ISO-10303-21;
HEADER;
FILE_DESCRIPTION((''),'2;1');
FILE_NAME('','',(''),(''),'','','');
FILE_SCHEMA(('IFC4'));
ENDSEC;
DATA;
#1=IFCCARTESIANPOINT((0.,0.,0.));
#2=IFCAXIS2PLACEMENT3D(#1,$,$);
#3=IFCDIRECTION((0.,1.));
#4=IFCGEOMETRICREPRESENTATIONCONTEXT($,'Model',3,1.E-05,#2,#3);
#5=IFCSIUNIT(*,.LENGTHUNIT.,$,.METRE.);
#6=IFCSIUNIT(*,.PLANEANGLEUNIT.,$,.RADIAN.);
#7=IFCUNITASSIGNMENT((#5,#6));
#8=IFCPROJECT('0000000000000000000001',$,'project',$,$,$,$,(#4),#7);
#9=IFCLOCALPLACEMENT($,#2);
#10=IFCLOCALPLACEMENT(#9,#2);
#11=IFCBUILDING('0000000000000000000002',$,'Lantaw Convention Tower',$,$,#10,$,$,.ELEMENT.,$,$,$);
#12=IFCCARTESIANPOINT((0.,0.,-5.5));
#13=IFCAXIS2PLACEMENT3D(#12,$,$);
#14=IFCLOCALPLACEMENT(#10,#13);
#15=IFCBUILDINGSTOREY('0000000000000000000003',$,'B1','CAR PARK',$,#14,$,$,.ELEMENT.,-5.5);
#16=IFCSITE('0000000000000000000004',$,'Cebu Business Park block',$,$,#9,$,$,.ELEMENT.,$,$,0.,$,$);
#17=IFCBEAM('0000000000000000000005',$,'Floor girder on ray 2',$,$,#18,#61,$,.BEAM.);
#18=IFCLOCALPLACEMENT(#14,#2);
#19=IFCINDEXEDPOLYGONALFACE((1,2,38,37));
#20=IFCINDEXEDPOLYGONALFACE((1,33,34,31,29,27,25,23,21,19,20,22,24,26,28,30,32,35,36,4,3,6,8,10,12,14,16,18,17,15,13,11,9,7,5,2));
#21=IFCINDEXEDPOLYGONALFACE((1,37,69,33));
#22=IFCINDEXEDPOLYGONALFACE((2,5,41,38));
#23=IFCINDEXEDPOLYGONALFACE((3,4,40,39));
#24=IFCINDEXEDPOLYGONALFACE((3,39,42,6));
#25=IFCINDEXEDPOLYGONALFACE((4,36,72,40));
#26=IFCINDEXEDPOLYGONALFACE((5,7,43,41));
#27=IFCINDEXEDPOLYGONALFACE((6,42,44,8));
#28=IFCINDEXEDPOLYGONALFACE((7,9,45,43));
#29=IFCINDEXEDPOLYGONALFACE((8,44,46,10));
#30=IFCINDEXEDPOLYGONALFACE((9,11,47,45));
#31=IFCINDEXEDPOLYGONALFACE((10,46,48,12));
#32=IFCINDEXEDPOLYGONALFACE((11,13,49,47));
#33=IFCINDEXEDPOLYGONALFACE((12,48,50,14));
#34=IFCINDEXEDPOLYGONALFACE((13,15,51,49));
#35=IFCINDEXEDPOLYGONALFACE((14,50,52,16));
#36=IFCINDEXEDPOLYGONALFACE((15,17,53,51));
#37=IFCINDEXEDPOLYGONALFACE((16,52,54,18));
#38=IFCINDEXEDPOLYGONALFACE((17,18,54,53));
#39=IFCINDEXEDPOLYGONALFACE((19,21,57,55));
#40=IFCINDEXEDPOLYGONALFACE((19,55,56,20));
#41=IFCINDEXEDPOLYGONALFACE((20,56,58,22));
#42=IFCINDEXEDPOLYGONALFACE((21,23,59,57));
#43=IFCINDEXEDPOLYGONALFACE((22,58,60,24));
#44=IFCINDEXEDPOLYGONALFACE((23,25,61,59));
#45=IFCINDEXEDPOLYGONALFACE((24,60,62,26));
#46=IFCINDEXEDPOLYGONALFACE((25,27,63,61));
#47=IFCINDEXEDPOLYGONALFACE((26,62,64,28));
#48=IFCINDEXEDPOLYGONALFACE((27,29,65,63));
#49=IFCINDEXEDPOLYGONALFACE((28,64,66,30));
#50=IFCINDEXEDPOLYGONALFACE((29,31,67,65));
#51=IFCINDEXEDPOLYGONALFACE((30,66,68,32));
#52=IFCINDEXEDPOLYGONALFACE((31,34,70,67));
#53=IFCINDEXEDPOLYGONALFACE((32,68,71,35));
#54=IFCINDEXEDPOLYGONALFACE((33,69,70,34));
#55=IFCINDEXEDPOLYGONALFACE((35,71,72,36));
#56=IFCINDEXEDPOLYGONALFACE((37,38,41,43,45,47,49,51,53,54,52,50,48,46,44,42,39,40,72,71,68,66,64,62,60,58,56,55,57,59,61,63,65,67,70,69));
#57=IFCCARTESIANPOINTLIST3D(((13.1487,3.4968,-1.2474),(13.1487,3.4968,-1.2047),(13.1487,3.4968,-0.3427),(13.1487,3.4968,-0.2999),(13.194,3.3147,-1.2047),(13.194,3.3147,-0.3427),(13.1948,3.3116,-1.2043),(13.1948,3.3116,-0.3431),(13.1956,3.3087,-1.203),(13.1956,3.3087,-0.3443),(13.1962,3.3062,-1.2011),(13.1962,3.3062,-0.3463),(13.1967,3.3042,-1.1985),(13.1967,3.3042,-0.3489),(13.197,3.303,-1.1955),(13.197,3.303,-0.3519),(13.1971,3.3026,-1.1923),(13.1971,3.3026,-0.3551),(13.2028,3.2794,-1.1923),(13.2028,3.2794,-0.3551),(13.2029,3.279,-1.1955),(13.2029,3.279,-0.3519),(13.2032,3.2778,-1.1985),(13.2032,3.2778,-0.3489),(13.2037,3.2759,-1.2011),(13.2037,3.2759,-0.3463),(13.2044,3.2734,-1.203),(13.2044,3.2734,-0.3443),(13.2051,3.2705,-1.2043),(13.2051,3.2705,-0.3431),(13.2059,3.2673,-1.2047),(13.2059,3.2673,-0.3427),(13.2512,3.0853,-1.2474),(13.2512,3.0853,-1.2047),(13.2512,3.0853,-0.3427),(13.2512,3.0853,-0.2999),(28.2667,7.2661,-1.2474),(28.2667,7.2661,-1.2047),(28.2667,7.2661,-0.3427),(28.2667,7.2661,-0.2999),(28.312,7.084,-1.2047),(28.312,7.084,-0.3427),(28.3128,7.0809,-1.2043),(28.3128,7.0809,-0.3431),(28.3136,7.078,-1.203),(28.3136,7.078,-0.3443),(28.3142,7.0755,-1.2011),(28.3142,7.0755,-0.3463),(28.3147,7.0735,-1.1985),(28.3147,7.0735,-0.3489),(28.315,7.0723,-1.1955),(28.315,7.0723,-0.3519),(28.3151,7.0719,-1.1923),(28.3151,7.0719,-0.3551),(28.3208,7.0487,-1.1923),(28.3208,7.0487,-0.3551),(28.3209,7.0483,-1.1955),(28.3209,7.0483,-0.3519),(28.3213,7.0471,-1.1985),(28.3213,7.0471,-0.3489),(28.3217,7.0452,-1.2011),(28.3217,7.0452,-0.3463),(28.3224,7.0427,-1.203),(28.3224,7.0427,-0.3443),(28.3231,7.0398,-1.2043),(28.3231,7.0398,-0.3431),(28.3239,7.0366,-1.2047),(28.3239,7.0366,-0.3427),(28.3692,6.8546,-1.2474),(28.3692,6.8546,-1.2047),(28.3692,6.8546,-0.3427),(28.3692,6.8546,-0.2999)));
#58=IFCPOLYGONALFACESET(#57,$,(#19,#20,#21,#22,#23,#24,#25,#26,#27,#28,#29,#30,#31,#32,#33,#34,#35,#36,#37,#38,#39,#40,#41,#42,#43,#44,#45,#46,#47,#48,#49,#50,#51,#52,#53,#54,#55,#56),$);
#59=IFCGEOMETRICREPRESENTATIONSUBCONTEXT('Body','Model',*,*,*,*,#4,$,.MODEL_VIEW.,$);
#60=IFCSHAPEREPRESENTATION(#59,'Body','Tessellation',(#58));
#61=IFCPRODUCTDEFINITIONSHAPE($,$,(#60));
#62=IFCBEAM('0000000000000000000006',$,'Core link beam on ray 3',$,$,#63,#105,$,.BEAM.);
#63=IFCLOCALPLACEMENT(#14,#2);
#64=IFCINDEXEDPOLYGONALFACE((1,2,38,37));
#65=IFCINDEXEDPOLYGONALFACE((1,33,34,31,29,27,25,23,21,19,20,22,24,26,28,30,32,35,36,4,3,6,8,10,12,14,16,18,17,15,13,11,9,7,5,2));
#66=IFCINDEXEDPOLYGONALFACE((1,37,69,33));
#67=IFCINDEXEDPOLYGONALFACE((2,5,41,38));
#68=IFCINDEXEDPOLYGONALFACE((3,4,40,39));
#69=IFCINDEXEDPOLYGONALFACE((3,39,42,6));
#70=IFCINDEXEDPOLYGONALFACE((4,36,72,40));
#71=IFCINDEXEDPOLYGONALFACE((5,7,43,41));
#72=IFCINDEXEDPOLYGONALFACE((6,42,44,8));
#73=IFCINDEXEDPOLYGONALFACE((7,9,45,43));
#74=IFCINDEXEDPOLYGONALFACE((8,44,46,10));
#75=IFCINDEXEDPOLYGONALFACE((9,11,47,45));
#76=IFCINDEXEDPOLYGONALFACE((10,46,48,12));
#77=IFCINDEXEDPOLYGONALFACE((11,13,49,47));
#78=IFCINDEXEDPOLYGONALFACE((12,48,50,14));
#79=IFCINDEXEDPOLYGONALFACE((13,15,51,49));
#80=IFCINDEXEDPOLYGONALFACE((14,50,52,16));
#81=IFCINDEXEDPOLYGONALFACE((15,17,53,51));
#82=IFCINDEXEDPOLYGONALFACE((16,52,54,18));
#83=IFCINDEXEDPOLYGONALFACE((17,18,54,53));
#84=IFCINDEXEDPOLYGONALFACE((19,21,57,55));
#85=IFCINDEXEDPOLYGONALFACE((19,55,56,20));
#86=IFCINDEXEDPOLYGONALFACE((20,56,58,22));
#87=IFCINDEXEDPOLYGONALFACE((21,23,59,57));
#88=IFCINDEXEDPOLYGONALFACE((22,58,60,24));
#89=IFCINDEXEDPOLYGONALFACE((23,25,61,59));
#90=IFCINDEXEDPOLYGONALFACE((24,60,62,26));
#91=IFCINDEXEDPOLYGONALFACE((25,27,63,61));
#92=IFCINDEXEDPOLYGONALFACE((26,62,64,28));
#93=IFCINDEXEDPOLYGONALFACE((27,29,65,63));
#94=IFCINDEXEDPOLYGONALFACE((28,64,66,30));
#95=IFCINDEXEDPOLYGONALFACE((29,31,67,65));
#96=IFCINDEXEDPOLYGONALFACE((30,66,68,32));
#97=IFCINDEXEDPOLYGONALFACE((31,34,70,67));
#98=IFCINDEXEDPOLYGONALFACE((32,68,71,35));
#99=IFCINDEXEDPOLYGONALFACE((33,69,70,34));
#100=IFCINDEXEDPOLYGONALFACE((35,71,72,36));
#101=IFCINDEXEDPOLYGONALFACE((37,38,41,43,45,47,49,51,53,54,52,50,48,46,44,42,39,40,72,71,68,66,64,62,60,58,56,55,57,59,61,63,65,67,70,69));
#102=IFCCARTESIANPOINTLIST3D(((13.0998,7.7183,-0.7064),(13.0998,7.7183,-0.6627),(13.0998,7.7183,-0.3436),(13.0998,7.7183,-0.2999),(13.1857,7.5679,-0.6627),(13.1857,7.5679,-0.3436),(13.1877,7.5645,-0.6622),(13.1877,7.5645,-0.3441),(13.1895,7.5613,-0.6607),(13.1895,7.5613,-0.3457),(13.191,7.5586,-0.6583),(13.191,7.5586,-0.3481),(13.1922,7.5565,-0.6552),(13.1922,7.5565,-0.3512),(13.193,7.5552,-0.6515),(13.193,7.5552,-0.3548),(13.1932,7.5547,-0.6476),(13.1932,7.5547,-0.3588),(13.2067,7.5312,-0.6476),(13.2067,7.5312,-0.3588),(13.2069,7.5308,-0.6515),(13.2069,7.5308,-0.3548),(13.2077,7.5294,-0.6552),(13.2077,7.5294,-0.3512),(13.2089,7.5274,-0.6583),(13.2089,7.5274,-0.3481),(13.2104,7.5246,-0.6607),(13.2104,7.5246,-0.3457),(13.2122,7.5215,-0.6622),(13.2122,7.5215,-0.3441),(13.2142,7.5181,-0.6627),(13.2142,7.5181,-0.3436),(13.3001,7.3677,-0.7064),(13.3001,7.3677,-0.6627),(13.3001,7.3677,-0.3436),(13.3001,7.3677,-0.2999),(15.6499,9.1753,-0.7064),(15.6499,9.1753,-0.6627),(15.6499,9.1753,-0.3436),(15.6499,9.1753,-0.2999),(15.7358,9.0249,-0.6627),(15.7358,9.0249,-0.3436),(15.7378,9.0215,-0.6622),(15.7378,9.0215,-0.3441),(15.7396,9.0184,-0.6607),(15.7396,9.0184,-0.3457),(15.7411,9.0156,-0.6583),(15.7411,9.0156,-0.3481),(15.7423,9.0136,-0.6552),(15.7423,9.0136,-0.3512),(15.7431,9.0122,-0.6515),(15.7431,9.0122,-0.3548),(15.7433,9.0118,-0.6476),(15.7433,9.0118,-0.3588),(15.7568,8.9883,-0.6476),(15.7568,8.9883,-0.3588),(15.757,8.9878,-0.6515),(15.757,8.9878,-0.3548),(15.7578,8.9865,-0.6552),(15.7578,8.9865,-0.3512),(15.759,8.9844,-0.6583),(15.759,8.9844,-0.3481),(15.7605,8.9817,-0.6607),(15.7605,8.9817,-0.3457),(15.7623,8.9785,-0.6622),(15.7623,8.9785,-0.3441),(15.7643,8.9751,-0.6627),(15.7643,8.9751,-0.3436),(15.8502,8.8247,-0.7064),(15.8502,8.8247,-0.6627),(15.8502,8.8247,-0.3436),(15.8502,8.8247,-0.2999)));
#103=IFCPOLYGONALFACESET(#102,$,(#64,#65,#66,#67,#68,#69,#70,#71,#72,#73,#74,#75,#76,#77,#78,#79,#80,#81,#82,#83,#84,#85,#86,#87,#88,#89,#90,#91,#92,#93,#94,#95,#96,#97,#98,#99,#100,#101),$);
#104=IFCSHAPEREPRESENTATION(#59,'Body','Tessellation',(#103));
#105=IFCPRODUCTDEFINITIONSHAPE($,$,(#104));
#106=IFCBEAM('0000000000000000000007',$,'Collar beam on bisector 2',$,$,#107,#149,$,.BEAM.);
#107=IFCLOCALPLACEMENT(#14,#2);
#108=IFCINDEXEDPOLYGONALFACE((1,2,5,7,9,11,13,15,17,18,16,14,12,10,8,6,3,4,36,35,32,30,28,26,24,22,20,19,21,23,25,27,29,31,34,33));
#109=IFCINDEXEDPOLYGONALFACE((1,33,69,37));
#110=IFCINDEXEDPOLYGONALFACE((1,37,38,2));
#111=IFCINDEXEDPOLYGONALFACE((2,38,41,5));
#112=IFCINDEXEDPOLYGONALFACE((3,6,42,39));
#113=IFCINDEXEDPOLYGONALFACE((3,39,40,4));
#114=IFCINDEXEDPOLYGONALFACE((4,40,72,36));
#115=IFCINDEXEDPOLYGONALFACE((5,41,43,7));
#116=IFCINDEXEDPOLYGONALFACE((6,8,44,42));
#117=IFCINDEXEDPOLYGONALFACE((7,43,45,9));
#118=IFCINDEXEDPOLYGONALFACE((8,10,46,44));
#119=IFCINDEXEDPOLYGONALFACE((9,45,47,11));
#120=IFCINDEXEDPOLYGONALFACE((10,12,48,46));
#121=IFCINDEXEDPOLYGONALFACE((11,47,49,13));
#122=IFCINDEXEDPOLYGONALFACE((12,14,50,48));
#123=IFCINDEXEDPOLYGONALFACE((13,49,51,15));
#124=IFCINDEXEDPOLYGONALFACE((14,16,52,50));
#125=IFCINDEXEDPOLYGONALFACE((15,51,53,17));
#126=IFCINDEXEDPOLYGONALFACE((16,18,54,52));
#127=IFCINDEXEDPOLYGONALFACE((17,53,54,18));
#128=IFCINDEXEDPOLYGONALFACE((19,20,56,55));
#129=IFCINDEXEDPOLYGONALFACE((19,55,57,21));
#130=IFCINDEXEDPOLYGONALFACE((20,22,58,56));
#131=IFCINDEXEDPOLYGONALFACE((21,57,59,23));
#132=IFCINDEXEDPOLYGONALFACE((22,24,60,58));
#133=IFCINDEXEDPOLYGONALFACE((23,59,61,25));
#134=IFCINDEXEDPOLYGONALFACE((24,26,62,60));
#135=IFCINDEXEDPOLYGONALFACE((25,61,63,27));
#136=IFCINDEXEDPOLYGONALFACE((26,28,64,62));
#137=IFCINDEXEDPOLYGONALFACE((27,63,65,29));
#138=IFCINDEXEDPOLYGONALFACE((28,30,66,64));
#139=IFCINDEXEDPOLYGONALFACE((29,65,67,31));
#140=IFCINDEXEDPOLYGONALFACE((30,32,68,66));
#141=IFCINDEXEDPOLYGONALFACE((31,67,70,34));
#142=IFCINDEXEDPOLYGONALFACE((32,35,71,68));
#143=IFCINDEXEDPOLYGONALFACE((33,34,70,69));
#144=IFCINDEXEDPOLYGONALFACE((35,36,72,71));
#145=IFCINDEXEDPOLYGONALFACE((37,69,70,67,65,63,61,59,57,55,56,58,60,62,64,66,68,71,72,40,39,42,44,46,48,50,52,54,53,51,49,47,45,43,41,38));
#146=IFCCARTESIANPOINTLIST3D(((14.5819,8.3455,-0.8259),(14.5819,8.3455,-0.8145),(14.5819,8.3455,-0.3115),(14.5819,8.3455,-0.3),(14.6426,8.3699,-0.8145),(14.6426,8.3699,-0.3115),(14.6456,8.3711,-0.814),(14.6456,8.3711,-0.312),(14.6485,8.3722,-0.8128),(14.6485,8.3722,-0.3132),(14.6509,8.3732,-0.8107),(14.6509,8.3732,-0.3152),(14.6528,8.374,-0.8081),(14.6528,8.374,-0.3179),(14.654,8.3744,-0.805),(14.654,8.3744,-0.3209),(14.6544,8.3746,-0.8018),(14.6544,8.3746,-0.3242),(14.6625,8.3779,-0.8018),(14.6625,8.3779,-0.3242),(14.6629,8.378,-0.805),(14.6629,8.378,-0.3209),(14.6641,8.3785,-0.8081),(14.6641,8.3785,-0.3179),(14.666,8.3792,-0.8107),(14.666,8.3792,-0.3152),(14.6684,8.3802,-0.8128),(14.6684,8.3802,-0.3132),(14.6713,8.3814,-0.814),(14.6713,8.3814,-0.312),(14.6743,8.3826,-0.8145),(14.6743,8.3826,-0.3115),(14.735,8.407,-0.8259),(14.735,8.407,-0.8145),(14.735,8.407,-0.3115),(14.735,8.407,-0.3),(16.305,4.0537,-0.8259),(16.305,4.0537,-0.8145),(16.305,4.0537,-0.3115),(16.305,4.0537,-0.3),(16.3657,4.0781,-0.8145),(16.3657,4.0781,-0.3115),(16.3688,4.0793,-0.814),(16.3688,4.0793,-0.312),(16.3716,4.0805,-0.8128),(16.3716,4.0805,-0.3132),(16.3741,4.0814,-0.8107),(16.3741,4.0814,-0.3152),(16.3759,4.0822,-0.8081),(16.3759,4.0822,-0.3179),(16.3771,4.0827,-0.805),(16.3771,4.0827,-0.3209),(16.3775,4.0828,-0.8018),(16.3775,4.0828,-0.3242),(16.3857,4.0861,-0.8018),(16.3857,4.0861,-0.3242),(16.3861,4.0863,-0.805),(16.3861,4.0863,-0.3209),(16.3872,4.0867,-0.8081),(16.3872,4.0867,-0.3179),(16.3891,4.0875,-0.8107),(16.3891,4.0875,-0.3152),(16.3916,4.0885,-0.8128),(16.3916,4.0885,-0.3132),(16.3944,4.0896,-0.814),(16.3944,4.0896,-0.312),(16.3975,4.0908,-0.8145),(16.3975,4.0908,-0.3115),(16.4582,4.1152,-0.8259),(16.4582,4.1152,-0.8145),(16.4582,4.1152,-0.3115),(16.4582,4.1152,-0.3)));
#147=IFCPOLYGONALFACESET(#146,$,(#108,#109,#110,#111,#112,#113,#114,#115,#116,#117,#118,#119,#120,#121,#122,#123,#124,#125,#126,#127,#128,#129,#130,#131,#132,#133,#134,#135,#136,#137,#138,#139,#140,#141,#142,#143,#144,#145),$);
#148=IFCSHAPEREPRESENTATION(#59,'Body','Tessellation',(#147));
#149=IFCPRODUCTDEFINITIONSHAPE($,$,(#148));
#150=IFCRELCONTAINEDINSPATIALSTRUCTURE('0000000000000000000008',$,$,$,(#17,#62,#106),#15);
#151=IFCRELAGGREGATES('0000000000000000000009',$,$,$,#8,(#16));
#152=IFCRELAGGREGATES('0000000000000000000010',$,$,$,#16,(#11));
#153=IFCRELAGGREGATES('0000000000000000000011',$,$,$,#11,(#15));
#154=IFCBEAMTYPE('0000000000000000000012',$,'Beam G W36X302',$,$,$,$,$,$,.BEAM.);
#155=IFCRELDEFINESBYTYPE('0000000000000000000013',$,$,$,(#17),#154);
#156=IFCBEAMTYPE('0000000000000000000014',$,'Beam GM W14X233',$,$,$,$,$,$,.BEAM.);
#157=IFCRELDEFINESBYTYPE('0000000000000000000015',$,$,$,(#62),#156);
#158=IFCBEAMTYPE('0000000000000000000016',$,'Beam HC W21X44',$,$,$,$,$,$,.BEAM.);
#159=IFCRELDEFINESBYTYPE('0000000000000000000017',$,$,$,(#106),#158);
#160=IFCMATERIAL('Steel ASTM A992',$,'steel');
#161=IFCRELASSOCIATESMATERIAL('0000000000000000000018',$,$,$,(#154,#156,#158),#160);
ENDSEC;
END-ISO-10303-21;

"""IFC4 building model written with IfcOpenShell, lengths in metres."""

from ifc_helpers import new_model, si_unit, direction, frame, origin, origin_2d, place, context, subcontext, project, spatial, i_section, extrude, material, material_profile, profile_set, type_object, element, save


model = new_model("IFC4")

# Units and contexts
model_context = context("Model", 3, precision=1e-05, world=origin(), true_north=direction((0.0, 1.0)))
body_context = subcontext(model_context, "Body", "Model", "MODEL_VIEW")
ifc_project = project(units=[si_unit("LENGTHUNIT", "METRE"), si_unit("PLANEANGLEUNIT", "RADIAN")], contexts=[model_context])

# Site, building, storey
site_placement = place(None, origin())
site = spatial("IfcSite", under=ifc_project, at=site_placement, Name="Cebu Business Park block", CompositionType="ELEMENT", RefElevation=0.0)
building_placement = place(site_placement, origin())
building = spatial("IfcBuilding", under=site, at=building_placement, Name="Lantaw Convention Tower", CompositionType="ELEMENT")
storey_placement = place(building_placement, frame((0.0, 0.0, -5.5)))
storey = spatial("IfcBuildingStorey", under=building, at=storey_placement, Name="B1", Description="CAR PARK", CompositionType="ELEMENT", Elevation=-5.5)

# Beams
ifc_material_1 = material(Name="Steel ASTM A992", Category="steel")
ifc_material_profile_1 = material_profile(ifc_material_1, i_section(OverallWidth=0.4241, OverallDepth=0.9475, WebThickness=0.0239, FlangeThickness=0.0427, FilletRadius=0.0125, at=origin_2d()), Name="W36X302")
ifc_profile_set_1 = profile_set([ifc_material_profile_1], Name="Steel ASTM A992")
beam_type_1 = type_object("IfcBeamType", Name="Beam G W36X302", PredefinedType="BEAM", material=ifc_profile_set_1)
beam_1_placement = place(storey_placement, frame((13.2, 3.291, -0.7737), z_axis=(0.970296, 0.24192, 0.0), x_axis=(-0.24192, 0.970296, 0.0)))
element("IfcBeam", 1, at=beam_1_placement, inside=storey, type_object=beam_type_1, Name="Floor girder on ray 2", PredefinedType="BEAM", context=body_context, shape_type="SweptSolid", body=[
    extrude(i_section(OverallWidth=0.4241, OverallDepth=0.9475, WebThickness=0.0239, FlangeThickness=0.0427, FilletRadius=0.0125, at=origin_2d()), origin(), (0.0, 0.0, 1.0), 15.5808),
])
ifc_material_profile_2 = material_profile(ifc_material_1, i_section(OverallWidth=0.4038, OverallDepth=0.4065, WebThickness=0.0271, FlangeThickness=0.0437, FilletRadius=0.0151, at=origin_2d()), Name="W14X233")
ifc_profile_set_2 = profile_set([ifc_material_profile_2], Name="Steel ASTM A992")
beam_type_2 = type_object("IfcBeamType", Name="Beam GM W14X233", PredefinedType="BEAM", material=ifc_profile_set_2)
beam_2_placement = place(storey_placement, frame((13.2, 7.543, -0.5032), z_axis=(0.868264, 0.496103, 0.0), x_axis=(-0.496103, 0.868264, 0.0)))
element("IfcBeam", 2, at=beam_2_placement, inside=storey, type_object=beam_type_2, Name="Core link beam on ray 3", PredefinedType="BEAM", context=body_context, shape_type="SweptSolid", body=[
    extrude(i_section(OverallWidth=0.4038, OverallDepth=0.4065, WebThickness=0.0271, FlangeThickness=0.0437, FilletRadius=0.0151, at=origin_2d()), origin(), (0.0, 0.0, 1.0), 2.937),
])
ifc_material_profile_3 = material_profile(ifc_material_1, i_section(OverallWidth=0.165, OverallDepth=0.5259, WebThickness=0.0088, FlangeThickness=0.0115, FilletRadius=0.0127, at=origin_2d()), Name="W21X44")
ifc_profile_set_3 = profile_set([ifc_material_profile_3], Name="Steel ASTM A992")
beam_type_3 = type_object("IfcBeamType", Name="Beam HC W21X44", PredefinedType="BEAM", material=ifc_profile_set_3)
beam_3_placement = place(storey_placement, frame((16.3816, 4.0845, -0.563), z_axis=(-0.372592, 0.927995, 0.0), x_axis=(-0.927995, -0.372592, 0.0)))
element("IfcBeam", 3, at=beam_3_placement, inside=storey, type_object=beam_type_3, Name="Collar beam on bisector 2", PredefinedType="BEAM", context=body_context, shape_type="SweptSolid", body=[
    extrude(i_section(OverallWidth=0.165, OverallDepth=0.5259, WebThickness=0.0088, FlangeThickness=0.0115, FilletRadius=0.0127, at=origin_2d()), origin(), (0.0, 0.0, 1.0), 4.6248),
])

save(model, "model.ifc")
